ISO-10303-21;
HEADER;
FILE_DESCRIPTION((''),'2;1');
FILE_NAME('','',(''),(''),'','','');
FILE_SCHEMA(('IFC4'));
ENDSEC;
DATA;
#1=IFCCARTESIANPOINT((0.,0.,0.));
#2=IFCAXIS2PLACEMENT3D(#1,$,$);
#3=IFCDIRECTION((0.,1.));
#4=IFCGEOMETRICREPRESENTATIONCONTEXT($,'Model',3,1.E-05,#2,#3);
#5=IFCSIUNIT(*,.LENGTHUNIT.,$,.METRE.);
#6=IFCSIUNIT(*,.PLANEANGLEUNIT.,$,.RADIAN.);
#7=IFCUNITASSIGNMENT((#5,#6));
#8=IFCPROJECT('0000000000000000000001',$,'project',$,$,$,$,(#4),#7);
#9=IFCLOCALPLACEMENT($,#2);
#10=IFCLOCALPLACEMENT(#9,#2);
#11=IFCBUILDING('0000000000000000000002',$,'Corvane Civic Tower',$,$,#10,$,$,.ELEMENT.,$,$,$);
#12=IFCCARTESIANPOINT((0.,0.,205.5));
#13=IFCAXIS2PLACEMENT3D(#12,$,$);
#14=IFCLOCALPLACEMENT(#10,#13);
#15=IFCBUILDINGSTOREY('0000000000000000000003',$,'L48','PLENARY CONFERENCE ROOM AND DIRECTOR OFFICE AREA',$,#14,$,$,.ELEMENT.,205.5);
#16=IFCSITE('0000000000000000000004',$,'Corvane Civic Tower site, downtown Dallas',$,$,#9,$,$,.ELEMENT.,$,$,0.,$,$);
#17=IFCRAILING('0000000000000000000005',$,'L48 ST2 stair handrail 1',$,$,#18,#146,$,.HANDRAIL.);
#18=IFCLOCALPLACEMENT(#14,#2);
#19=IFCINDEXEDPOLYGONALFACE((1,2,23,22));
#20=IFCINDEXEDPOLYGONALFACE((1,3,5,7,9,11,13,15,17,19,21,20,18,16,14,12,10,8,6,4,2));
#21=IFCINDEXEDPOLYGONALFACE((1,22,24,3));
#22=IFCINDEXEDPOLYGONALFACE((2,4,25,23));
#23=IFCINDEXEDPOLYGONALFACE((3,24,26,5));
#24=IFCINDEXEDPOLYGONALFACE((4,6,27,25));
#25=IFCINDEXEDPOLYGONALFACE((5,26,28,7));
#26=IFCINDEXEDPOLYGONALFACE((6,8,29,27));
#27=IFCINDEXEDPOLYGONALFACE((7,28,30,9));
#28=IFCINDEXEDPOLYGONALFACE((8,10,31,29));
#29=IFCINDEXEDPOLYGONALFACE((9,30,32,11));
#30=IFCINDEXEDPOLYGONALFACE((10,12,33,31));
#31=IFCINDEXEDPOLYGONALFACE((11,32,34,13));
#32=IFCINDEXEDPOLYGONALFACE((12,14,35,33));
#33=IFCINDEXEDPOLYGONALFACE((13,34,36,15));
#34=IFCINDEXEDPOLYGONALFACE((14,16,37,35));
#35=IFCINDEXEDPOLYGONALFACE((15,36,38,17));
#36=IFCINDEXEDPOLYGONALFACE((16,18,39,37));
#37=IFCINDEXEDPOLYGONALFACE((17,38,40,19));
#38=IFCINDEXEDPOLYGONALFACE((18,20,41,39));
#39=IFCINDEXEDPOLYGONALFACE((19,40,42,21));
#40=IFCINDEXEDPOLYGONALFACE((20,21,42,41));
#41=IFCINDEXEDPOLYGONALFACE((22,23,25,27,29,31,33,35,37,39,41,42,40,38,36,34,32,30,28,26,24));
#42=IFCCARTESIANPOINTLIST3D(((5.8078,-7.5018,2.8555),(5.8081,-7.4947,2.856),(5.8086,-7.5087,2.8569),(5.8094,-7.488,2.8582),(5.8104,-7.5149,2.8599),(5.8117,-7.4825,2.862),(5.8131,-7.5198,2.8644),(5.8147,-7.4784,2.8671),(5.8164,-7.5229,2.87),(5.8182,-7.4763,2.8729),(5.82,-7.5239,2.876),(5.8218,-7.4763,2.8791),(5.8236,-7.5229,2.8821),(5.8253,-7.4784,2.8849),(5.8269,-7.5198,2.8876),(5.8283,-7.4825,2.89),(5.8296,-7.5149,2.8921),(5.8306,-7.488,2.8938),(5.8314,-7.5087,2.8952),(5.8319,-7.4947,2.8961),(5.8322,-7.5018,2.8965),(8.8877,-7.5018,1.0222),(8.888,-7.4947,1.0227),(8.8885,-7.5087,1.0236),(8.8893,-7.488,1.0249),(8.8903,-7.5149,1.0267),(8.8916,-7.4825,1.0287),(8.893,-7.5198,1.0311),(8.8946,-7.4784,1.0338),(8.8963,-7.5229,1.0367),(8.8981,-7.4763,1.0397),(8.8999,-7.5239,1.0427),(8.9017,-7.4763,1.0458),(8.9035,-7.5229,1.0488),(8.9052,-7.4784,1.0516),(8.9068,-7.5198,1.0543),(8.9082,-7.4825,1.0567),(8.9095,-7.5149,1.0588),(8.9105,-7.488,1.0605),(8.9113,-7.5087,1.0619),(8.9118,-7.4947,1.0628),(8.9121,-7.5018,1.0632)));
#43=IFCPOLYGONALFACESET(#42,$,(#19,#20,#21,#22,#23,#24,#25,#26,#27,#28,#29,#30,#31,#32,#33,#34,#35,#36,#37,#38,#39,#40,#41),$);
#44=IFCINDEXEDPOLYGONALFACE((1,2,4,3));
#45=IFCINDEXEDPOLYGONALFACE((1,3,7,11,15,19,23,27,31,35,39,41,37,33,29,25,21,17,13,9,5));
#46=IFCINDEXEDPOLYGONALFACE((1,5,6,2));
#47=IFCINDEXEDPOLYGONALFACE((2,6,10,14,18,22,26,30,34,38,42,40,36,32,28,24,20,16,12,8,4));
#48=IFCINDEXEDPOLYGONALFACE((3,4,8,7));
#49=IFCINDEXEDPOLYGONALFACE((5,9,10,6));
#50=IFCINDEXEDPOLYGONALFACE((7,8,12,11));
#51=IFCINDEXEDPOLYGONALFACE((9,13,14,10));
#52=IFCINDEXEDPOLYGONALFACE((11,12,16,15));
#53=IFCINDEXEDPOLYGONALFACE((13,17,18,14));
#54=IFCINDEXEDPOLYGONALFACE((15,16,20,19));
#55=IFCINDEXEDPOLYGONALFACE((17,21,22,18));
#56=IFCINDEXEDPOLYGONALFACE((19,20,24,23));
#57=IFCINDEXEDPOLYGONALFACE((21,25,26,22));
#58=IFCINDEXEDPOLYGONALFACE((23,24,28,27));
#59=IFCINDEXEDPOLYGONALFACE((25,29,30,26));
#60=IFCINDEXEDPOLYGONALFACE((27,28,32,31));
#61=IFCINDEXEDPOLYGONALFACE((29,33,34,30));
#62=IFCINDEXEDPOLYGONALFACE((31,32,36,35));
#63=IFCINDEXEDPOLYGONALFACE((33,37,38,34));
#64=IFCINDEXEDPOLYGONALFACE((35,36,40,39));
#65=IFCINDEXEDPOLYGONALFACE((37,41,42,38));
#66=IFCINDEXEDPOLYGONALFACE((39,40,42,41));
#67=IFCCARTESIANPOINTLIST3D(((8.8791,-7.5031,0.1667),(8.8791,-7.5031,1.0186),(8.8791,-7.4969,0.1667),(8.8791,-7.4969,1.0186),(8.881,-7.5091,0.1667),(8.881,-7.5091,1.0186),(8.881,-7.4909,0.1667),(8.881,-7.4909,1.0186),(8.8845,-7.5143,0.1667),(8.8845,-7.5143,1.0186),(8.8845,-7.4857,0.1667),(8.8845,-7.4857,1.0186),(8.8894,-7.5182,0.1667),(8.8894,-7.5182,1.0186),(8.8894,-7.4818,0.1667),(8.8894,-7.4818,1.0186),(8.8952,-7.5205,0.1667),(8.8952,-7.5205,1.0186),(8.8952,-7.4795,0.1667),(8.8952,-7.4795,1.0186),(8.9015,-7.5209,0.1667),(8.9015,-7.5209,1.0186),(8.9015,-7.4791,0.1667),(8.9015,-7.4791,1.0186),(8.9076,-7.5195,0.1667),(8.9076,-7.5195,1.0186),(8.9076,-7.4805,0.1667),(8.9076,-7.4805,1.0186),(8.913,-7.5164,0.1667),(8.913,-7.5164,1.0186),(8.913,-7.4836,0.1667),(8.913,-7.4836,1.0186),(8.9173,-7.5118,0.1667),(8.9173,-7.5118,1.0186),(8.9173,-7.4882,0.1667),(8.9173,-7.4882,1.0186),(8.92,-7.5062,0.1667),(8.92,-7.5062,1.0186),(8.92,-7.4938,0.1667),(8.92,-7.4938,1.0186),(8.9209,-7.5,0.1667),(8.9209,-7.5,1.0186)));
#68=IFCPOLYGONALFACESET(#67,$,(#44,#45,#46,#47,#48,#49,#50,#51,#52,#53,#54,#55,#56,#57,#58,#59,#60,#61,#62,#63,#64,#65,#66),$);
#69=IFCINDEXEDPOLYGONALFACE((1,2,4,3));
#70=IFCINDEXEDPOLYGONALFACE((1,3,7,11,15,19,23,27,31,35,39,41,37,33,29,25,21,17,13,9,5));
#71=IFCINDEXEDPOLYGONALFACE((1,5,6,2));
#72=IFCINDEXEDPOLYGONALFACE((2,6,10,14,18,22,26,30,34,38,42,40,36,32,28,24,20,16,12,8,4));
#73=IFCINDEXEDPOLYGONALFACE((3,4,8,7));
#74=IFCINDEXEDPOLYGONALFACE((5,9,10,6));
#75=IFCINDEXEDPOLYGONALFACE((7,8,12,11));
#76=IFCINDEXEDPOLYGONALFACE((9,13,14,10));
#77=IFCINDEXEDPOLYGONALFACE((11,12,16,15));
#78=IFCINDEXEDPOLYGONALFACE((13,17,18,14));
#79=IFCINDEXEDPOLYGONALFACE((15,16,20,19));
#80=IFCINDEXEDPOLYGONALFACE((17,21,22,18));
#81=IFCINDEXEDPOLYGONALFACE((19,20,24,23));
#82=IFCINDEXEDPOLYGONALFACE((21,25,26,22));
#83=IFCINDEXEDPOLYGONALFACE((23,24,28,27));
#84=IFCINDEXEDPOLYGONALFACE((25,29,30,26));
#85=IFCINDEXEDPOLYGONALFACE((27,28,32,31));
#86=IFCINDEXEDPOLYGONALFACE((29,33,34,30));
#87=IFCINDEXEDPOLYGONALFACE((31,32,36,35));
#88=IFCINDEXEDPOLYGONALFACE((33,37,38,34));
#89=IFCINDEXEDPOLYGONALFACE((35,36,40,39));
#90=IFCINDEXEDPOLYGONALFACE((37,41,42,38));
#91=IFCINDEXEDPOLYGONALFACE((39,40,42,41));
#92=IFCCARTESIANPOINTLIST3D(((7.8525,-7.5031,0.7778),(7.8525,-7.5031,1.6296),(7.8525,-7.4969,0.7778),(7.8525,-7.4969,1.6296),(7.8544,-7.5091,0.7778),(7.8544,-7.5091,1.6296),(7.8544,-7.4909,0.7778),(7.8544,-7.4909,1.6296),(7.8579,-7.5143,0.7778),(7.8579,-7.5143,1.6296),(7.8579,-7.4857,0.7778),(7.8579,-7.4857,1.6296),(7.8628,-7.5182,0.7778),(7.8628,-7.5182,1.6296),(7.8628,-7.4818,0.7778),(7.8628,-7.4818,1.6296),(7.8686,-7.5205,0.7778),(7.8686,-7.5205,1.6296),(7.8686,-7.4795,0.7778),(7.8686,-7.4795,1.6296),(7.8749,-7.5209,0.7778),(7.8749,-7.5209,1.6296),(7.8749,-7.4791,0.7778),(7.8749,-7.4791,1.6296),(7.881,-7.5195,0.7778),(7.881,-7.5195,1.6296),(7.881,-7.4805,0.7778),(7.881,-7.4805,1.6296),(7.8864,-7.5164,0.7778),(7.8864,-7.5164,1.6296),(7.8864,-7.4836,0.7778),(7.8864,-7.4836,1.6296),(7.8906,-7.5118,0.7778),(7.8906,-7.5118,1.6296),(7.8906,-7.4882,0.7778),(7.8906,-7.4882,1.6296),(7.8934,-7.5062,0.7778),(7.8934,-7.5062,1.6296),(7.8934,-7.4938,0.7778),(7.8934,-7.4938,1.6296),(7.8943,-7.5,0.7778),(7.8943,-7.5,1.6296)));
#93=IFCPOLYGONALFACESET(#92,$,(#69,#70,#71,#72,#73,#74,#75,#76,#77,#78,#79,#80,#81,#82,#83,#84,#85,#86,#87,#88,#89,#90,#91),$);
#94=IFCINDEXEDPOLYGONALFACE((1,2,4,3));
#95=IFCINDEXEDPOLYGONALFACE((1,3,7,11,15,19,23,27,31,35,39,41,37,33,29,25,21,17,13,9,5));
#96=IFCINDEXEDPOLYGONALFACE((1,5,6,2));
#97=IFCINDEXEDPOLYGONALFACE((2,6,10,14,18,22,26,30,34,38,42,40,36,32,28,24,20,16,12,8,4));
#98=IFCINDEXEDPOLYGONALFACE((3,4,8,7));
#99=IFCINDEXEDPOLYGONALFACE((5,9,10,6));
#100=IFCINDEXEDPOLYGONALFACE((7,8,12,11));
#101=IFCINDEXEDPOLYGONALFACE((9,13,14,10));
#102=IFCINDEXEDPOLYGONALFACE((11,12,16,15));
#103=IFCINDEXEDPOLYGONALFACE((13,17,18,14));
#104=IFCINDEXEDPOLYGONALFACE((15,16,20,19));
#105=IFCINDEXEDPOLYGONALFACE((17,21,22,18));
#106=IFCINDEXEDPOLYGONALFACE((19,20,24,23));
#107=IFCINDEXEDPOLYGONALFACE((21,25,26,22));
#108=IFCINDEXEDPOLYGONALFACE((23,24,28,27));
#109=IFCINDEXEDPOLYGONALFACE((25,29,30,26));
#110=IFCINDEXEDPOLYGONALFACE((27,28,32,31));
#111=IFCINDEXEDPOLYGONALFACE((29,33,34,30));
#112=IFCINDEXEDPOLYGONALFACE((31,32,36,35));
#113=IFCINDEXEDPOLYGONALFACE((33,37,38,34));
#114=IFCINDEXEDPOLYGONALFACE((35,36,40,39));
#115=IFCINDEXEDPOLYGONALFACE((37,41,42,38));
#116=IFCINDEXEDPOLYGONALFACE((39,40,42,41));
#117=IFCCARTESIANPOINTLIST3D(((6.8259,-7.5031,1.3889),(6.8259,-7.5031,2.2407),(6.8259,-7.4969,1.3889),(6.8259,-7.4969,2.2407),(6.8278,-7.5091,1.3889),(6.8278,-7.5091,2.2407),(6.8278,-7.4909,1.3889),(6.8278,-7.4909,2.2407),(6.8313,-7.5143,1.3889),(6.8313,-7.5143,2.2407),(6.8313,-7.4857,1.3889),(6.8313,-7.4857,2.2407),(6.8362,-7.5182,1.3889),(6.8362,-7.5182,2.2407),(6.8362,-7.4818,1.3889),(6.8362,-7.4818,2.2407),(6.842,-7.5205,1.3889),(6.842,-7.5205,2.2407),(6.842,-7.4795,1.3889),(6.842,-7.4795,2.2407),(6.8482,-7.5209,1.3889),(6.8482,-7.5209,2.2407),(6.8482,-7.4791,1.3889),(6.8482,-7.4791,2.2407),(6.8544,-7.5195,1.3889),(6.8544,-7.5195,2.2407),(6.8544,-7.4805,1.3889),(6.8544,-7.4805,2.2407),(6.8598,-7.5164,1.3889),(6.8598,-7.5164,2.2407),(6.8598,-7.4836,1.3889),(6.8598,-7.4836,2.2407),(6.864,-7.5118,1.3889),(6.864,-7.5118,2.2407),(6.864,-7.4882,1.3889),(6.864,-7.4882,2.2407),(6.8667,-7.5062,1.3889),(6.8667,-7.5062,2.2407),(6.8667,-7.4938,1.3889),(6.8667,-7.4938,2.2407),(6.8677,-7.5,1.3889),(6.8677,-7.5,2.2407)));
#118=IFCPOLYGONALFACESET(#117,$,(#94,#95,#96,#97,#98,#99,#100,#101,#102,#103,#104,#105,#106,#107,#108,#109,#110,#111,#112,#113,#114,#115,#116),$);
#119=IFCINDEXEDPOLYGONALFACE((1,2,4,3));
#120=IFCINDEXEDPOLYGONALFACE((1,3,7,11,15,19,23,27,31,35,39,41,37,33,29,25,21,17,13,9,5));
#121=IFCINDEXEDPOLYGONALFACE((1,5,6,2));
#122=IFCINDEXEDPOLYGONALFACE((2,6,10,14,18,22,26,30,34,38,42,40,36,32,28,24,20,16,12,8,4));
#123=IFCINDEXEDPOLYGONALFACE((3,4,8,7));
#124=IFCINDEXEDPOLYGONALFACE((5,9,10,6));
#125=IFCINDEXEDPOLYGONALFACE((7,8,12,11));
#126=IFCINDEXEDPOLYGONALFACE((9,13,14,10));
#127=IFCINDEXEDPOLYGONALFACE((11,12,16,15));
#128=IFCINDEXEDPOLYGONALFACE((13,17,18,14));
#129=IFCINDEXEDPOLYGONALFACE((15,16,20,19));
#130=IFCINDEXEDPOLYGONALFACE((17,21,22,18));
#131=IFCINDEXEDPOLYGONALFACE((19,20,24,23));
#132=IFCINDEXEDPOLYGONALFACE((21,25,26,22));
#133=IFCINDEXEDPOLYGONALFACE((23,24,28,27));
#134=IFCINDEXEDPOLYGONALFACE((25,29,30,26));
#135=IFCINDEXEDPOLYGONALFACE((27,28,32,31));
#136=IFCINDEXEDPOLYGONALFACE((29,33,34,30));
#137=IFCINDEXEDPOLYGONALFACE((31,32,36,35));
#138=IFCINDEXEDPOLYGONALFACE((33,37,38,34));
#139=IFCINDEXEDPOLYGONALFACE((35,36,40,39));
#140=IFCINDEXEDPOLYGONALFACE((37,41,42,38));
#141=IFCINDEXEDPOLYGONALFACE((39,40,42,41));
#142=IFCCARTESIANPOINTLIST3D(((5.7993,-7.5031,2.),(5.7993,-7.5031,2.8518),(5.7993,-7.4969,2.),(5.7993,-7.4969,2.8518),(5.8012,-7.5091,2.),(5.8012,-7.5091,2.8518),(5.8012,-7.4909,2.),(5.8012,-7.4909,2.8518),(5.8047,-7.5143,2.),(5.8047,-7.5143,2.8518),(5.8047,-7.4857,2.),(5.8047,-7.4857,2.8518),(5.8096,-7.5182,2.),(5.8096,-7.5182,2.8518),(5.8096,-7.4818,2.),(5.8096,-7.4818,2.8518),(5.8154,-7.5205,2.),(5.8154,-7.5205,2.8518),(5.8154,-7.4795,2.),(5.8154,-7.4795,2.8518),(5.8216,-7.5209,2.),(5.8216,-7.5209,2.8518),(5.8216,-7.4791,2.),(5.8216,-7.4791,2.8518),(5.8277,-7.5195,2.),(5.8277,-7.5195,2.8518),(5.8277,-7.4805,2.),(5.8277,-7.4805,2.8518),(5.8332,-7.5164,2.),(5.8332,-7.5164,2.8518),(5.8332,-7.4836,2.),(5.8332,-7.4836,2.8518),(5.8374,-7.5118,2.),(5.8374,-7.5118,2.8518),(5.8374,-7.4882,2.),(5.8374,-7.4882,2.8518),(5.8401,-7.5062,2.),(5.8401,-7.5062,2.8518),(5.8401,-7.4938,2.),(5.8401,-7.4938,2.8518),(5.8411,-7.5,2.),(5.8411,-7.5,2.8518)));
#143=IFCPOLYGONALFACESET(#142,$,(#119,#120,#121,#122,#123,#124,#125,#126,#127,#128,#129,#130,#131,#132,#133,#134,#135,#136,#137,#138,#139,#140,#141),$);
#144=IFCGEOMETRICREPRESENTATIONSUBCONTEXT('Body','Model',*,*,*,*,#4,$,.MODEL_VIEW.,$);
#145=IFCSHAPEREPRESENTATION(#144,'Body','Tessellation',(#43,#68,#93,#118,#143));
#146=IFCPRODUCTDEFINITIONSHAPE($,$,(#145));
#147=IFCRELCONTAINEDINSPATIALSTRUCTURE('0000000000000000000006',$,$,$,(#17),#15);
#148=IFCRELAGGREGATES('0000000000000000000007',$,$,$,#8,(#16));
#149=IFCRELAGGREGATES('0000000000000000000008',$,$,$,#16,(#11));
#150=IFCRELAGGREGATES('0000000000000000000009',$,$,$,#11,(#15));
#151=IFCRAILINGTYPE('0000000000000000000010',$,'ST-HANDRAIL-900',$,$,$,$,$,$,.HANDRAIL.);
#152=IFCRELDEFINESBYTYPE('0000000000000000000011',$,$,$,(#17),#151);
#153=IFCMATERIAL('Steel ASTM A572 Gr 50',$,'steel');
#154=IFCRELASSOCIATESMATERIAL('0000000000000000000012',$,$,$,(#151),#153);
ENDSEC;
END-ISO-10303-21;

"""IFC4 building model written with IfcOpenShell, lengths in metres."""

from ifc_helpers import new_model, si_unit, direction, frame, origin, origin_2d, place, context, subcontext, project, spatial, circle, extrude, material, type_object, element, save


model = new_model("IFC4")

# Units and contexts
model_context = context("Model", 3, precision=1e-05, world=origin(), true_north=direction((0.0, 1.0)))
body_context = subcontext(model_context, "Body", "Model", "MODEL_VIEW")
ifc_project = project(units=[si_unit("LENGTHUNIT", "METRE"), si_unit("PLANEANGLEUNIT", "RADIAN")], contexts=[model_context])

# Site, building, storey
site_placement = place(None, origin())
site = spatial("IfcSite", under=ifc_project, at=site_placement, Name="Corvane Civic Tower site, downtown Dallas", CompositionType="ELEMENT", RefElevation=0.0)
building_placement = place(site_placement, origin())
building = spatial("IfcBuilding", under=site, at=building_placement, Name="Corvane Civic Tower", CompositionType="ELEMENT")
storey_placement = place(building_placement, frame((0.0, 0.0, 205.5)))
storey = spatial("IfcBuildingStorey", under=building, at=storey_placement, Name="L48", Description="PLENARY CONFERENCE ROOM AND DIRECTOR OFFICE AREA", CompositionType="ELEMENT", Elevation=205.5)

# Railing
ifc_material_1 = material(Name="Steel ASTM A572 Gr 50", Category="steel")
railing_type = type_object("IfcRailingType", Name="ST-HANDRAIL-900", PredefinedType="HANDRAIL", material=ifc_material_1)
railing_placement = place(storey_placement, frame((8.8999, -7.5, 0.1667)))
element("IfcRailing", 1, at=railing_placement, inside=storey, type_object=railing_type, Name="L48 ST2 stair handrail 1", PredefinedType="HANDRAIL", context=body_context, shape_type="SweptSolid", body=[
    extrude(circle(Radius=0.0239, at=origin_2d()), frame((0.0, 0.0, 0.876), z_axis=(-0.859291, 0.0, 0.511487), x_axis=(0.0, -1.0, 0.0)), (0.0, 0.0, 1.0), 3.5842),
    extrude(circle(Radius=0.021, at=origin_2d()), origin(), (0.0, 0.0, 1.0), 0.8518),
    extrude(circle(Radius=0.021, at=origin_2d()), frame((-1.0266, 0.0, 0.6111)), (0.0, 0.0, 1.0), 0.8518),
    extrude(circle(Radius=0.021, at=origin_2d()), frame((-2.0532, 0.0, 1.2222)), (0.0, 0.0, 1.0), 0.8518),
    extrude(circle(Radius=0.021, at=origin_2d()), frame((-3.0798, 0.0, 1.8333)), (0.0, 0.0, 1.0), 0.8518),
])

save(model, "model.ifc")
